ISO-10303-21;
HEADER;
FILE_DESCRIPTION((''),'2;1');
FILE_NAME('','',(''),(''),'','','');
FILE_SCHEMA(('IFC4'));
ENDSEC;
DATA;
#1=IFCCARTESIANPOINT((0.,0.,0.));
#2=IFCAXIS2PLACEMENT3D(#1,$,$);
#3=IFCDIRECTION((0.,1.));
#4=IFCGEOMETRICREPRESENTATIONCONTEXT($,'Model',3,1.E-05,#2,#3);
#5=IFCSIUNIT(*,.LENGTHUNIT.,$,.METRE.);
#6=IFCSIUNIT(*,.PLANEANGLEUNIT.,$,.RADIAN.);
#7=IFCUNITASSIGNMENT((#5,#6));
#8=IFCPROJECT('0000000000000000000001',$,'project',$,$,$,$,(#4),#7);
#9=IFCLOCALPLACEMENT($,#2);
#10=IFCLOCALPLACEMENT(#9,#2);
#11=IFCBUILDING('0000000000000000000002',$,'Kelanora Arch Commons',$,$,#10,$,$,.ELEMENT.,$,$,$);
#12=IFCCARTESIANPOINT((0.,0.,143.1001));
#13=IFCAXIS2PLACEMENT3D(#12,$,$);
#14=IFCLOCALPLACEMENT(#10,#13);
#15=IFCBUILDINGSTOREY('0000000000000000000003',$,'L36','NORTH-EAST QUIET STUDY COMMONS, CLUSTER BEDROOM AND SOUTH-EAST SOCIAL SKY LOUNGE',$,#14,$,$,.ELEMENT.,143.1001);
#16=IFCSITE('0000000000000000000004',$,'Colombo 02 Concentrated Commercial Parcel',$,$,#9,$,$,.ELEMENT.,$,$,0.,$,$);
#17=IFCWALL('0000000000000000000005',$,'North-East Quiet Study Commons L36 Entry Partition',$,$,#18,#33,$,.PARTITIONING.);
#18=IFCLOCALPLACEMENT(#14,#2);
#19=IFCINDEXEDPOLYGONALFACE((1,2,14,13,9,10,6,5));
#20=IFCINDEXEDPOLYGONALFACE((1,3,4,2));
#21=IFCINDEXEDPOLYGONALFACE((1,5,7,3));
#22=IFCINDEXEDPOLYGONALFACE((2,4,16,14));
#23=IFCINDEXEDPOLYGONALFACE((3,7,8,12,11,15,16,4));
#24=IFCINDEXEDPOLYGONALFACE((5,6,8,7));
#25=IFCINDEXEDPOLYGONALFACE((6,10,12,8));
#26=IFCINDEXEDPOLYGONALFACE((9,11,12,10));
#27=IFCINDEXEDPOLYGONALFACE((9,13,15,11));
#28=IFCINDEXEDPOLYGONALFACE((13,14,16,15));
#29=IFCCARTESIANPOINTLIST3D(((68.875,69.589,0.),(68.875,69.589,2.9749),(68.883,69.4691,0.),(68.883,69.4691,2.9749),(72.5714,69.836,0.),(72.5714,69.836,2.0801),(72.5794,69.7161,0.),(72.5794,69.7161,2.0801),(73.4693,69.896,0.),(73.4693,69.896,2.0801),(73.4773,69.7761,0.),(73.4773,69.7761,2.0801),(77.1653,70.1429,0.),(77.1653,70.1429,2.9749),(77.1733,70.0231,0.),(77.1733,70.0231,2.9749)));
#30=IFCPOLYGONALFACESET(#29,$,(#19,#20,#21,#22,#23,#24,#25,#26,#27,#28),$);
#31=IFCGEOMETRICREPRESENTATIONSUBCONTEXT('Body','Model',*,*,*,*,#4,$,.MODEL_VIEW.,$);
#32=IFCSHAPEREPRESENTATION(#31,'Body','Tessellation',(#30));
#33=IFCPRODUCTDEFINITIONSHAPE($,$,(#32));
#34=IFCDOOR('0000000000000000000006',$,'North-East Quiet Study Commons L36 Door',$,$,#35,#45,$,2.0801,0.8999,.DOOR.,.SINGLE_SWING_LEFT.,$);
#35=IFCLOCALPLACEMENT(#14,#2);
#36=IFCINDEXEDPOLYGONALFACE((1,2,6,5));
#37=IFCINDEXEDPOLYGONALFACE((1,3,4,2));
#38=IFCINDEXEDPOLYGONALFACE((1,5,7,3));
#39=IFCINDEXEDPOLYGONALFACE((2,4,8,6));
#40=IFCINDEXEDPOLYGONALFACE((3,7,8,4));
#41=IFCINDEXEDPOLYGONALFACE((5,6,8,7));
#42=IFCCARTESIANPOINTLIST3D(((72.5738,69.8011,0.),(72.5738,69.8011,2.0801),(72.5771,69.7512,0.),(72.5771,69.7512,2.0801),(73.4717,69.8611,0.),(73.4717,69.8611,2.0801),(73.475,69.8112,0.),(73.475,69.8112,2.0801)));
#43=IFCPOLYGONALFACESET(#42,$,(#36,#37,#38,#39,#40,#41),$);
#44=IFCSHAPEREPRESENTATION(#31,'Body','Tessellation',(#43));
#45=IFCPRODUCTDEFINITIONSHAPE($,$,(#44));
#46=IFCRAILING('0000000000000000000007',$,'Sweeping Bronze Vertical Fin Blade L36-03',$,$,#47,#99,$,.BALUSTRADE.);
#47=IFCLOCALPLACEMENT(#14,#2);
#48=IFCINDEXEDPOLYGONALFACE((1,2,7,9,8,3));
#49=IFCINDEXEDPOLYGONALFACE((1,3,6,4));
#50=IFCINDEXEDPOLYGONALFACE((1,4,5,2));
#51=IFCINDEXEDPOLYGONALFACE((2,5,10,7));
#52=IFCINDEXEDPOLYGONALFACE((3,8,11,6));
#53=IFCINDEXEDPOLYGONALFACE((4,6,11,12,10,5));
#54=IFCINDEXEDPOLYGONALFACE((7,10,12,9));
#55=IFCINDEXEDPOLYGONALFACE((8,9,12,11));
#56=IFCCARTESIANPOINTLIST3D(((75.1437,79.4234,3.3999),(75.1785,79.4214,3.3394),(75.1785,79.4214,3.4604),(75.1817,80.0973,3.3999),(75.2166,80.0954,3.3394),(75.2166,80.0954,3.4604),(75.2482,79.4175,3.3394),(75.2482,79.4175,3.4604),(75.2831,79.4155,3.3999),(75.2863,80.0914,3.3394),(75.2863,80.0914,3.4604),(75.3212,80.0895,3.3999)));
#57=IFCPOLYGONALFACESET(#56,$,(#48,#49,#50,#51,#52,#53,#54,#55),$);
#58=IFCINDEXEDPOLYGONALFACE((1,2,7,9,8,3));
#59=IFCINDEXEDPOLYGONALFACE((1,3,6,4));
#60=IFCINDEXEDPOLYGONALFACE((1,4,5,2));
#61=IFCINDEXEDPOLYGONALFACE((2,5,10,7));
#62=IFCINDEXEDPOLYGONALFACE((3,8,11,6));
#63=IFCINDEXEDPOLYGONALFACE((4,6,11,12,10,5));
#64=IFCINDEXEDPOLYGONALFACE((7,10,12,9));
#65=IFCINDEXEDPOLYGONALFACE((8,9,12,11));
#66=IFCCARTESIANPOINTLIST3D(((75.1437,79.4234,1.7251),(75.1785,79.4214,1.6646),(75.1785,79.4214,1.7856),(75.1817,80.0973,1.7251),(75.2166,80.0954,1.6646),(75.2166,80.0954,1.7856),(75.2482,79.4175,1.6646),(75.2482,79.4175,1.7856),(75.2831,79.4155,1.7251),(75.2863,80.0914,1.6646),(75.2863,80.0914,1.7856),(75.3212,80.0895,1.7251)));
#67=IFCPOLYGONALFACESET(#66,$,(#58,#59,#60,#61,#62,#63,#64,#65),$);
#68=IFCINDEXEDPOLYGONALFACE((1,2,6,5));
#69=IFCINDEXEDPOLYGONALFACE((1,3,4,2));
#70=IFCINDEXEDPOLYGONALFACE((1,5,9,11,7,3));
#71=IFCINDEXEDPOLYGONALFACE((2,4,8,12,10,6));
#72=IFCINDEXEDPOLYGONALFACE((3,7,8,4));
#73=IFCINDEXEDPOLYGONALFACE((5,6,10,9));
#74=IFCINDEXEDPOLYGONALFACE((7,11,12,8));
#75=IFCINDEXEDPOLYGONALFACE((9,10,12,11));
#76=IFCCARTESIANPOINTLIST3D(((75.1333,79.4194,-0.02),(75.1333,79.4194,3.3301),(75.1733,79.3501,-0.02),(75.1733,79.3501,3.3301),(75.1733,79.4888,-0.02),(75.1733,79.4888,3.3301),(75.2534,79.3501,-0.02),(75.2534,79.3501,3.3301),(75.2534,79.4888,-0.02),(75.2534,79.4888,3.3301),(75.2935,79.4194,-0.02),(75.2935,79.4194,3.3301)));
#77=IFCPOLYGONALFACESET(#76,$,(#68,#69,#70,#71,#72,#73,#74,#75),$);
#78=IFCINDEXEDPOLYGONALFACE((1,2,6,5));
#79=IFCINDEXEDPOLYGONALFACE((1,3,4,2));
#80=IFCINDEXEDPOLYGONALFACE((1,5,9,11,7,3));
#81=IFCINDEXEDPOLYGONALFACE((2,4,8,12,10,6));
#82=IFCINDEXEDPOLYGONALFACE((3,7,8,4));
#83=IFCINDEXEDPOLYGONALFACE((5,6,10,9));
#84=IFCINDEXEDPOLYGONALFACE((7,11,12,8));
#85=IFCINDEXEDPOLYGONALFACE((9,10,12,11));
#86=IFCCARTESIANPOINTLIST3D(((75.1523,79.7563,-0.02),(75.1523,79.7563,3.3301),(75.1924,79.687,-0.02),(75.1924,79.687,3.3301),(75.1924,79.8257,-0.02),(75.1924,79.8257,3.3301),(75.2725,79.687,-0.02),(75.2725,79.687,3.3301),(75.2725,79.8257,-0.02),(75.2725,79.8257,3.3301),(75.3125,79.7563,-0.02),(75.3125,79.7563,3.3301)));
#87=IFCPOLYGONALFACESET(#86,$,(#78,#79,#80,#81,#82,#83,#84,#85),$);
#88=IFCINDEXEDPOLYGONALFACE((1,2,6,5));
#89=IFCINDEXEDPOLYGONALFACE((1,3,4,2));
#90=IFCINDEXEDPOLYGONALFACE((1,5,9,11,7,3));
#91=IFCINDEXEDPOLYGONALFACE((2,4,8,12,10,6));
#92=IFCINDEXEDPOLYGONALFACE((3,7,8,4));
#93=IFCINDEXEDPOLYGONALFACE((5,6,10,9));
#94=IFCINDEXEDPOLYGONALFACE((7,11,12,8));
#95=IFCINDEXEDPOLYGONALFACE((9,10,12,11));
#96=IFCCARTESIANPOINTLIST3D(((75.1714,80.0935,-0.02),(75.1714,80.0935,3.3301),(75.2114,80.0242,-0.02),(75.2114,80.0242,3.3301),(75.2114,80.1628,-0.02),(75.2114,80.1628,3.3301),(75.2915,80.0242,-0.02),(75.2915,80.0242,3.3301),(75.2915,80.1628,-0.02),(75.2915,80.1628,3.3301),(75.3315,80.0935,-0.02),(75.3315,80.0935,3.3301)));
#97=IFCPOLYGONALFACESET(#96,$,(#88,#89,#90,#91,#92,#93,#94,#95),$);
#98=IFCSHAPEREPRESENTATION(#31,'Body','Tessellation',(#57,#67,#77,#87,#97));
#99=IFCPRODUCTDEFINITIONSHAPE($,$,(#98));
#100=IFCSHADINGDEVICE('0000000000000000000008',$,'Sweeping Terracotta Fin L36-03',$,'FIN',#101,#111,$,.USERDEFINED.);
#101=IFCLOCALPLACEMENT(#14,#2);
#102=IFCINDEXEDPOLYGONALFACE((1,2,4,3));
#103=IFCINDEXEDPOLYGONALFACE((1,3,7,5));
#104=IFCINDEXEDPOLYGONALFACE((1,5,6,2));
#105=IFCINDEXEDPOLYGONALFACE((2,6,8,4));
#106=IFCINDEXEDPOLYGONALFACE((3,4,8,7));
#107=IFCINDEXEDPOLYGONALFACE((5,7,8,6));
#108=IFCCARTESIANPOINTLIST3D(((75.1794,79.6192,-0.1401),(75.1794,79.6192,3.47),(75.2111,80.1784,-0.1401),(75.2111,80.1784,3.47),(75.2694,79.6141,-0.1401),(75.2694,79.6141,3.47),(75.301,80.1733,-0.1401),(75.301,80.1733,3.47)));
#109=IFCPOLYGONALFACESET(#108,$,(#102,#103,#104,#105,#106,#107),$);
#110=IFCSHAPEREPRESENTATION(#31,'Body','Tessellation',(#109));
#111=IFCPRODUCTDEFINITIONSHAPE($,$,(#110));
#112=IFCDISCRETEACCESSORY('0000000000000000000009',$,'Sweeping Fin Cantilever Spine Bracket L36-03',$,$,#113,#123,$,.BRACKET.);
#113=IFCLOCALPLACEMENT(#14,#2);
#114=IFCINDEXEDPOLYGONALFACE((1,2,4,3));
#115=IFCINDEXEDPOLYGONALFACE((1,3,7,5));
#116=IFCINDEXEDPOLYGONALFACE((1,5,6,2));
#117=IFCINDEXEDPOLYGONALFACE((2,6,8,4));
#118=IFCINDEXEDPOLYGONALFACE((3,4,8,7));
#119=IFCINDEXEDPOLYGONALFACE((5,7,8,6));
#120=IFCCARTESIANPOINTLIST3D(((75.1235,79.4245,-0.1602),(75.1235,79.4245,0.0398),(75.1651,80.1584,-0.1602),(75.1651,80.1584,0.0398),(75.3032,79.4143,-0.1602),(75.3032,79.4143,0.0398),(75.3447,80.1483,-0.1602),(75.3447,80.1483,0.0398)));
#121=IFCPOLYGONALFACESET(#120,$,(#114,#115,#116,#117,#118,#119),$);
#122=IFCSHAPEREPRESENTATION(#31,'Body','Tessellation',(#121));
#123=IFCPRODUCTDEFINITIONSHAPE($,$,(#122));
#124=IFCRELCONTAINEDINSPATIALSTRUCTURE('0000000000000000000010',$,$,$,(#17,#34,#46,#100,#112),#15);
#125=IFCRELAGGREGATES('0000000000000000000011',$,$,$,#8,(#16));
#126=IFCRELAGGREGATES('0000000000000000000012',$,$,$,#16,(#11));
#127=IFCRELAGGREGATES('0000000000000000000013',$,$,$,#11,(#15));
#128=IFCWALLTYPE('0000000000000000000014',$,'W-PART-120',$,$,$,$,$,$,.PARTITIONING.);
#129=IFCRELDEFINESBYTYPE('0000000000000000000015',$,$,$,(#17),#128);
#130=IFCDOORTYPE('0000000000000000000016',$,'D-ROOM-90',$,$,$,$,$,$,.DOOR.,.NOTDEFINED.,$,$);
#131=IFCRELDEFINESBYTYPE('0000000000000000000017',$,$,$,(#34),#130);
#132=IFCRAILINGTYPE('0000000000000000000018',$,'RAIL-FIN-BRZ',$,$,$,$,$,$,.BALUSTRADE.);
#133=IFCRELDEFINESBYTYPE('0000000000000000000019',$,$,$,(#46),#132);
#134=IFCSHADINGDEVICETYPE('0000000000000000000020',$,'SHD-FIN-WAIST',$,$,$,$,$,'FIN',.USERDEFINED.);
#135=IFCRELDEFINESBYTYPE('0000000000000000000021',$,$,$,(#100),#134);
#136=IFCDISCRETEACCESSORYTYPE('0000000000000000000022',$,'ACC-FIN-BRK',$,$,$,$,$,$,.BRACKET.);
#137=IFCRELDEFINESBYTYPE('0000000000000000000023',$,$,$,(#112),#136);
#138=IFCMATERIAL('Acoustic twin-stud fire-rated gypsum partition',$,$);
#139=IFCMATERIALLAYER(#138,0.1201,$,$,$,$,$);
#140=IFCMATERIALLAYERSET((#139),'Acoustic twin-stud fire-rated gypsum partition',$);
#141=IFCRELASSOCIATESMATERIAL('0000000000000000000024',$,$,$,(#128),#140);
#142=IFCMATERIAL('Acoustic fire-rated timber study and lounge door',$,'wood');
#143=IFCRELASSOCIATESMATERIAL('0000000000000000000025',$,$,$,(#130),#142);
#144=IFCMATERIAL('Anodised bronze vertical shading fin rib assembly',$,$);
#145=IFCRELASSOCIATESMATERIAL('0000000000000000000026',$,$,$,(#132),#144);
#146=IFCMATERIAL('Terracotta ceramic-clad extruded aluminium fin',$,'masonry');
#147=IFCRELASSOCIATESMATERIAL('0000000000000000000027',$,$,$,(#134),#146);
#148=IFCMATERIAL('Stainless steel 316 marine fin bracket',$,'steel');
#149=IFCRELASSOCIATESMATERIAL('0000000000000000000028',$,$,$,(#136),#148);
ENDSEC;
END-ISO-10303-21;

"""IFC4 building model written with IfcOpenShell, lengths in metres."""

from ifc_helpers import new_model, si_unit, direction, frame, frame_2d, origin, origin_2d, place, context, subcontext, project, spatial, polyline, rectangle, outline, extrude, source, transform, mapped, material, layer, layer_set, type_object, element, fill, save


model = new_model("IFC4")

# Units and contexts
model_context = context("Model", 3, precision=1e-05, world=origin(), true_north=direction((0.0, 1.0)))
body_context = subcontext(model_context, "Body", "Model", "MODEL_VIEW")
ifc_project = project(units=[si_unit("LENGTHUNIT", "METRE"), si_unit("PLANEANGLEUNIT", "RADIAN")], contexts=[model_context])

# Site, building, storey
site_placement = place(None, origin())
site = spatial("IfcSite", under=ifc_project, at=site_placement, Name="Colombo 02 Concentrated Commercial Parcel", CompositionType="ELEMENT", RefElevation=0.0)
building_placement = place(site_placement, origin())
building = spatial("IfcBuilding", under=site, at=building_placement, Name="Kelanora Arch Commons", CompositionType="ELEMENT")
storey_placement = place(building_placement, frame((0.0, 0.0, 143.1001)))
storey = spatial("IfcBuildingStorey", under=building, at=storey_placement, Name="L36", Description="NORTH-EAST QUIET STUDY COMMONS, CLUSTER BEDROOM AND SOUTH-EAST SOCIAL SKY LOUNGE", CompositionType="ELEMENT", Elevation=143.1001)

# Wall, opening, door
ifc_material_1 = material(Name="Acoustic twin-stud fire-rated gypsum partition")
ifc_layer_1 = layer(ifc_material_1, 0.1201)
ifc_layer_set_1 = layer_set([ifc_layer_1], Name="Acoustic twin-stud fire-rated gypsum partition")
wall_type_1 = type_object("IfcWallType", Name="W-PART-120", PredefinedType="PARTITIONING", material=ifc_layer_set_1)
wall_1_placement = place(storey_placement, frame((77.1692, 70.083, 0.0), z_axis=(0.0, 0.0, 1.0), x_axis=(-0.997775, -0.066671, 0.0)))
wall_1 = element("IfcWall", 1, at=wall_1_placement, inside=storey, type_object=wall_type_1, Name="North-East Quiet Study Commons L36 Entry Partition", PredefinedType="PARTITIONING", context=body_context, shape_type="SweptSolid", body=[
    extrude(rectangle(XDim=8.3088, YDim=0.1201, at=frame_2d((4.1543, 0.0))), origin(), (0.0, 0.0, 1.0), 2.9749),
])
opening_1_placement = place(wall_1_placement, frame((3.7041, 0.0, 0.0)))
opening_1 = element("IfcOpeningElement", 2, at=opening_1_placement, cuts=wall_1, PredefinedType="OPENING", context=body_context, shape_type="SweptSolid", body=[
    extrude(rectangle(XDim=0.8999, YDim=2.0801, at=frame_2d((0.45, 1.04))), frame((0.0, 0.0701, 0.0), z_axis=(0.0, -1.0, 0.0), x_axis=(1.0, 0.0, 0.0)), (0.0, 0.0, 1.0), 0.1401),
])
ifc_material_2 = material(Name="Acoustic fire-rated timber study and lounge door", Category="wood")
door_type = type_object("IfcDoorType", Name="D-ROOM-90", OperationType="NOTDEFINED", PredefinedType="DOOR", material=ifc_material_2)
door_placement = place(opening_1_placement, origin())
door = element("IfcDoor", 3, at=door_placement, inside=storey, type_object=door_type, Name="North-East Quiet Study Commons L36 Door", OperationType="SINGLE_SWING_LEFT", OverallHeight=2.0801, OverallWidth=0.8999, PredefinedType="DOOR", context=body_context, shape_type="SweptSolid", body=[
    extrude(rectangle(XDim=0.8999, YDim=2.0801, at=frame_2d((0.45, 1.04))), frame((0.0, 0.0249, 0.0), z_axis=(0.0, -1.0, 0.0), x_axis=(1.0, 0.0, 0.0)), (0.0, 0.0, 1.0), 0.05),
])
fill(opening_1, door)

# Railing
ifc_material_3 = material(Name="Anodised bronze vertical shading fin rib assembly")
railing_type = type_object("IfcRailingType", Name="RAIL-FIN-BRZ", PredefinedType="BALUSTRADE", material=ifc_material_3)
railing_placement = place(storey_placement, frame((75.2134, 79.4194, -0.02)))
element("IfcRailing", 4, at=railing_placement, inside=storey, type_object=railing_type, Name="Sweeping Bronze Vertical Fin Blade L36-03", PredefinedType="BALUSTRADE", context=body_context, shape_type="SweptSolid", body=[
    extrude(outline(polyline([(0.0698, 0.0), (0.0349, 0.0605), (-0.0349, 0.0605), (-0.0698, 0.0), (-0.0349, -0.0605), (0.0349, -0.0605), (0.0698, 0.0)])), frame((0.0, 0.0, 3.4199), z_axis=(0.056411, 0.998408, 0.0), x_axis=(-0.998408, 0.056411, 0.0)), (0.0, 0.0, 1.0), 0.675),
    extrude(outline(polyline([(0.0698, 0.0), (0.0349, 0.0605), (-0.0349, 0.0605), (-0.0698, 0.0), (-0.0349, -0.0605), (0.0349, -0.0605), (0.0698, 0.0)])), frame((0.0, 0.0, 1.7451), z_axis=(0.056411, 0.998408, 0.0), x_axis=(-0.998408, 0.056411, 0.0)), (0.0, 0.0, 1.0), 0.675),
    extrude(outline(polyline([(0.0801, 0.0), (0.04, 0.0693), (-0.04, 0.0693), (-0.0801, 0.0), (-0.04, -0.0693), (0.04, -0.0693), (0.0801, 0.0)])), origin(), (0.0, 0.0, 1.0), 3.3501),
    extrude(outline(polyline([(0.0801, 0.0), (0.04, 0.0693), (-0.04, 0.0693), (-0.0801, 0.0), (-0.04, -0.0693), (0.04, -0.0693), (0.0801, 0.0)])), frame((0.019, 0.3369, 0.0)), (0.0, 0.0, 1.0), 3.3501),
    extrude(outline(polyline([(0.0801, 0.0), (0.04, 0.0693), (-0.04, 0.0693), (-0.0801, 0.0), (-0.04, -0.0693), (0.04, -0.0693), (0.0801, 0.0)])), frame((0.0381, 0.6741, 0.0)), (0.0, 0.0, 1.0), 3.3501),
])

# Shading device
ifc_material_4 = material(Name="Terracotta ceramic-clad extruded aluminium fin", Category="masonry")
shading_device_type = type_object("IfcShadingDeviceType", Name="SHD-FIN-WAIST", ElementType="FIN", PredefinedType="USERDEFINED", material=ifc_material_4)
shared_shape_1 = source(origin(), body_context, "Body", "SweptSolid", [
    extrude(rectangle(XDim=0.5601, YDim=0.0901, at=origin_2d()), origin(), (0.0, 0.0, 1.0), 3.6101),
])
shading_device_placement = place(storey_placement, frame((75.2402, 79.8962, -0.1401), z_axis=(0.0, 0.0, 1.0), x_axis=(0.056519, 0.998402, 0.0)))
element("IfcShadingDevice", 5, at=shading_device_placement, inside=storey, type_object=shading_device_type, Name="Sweeping Terracotta Fin L36-03", ObjectType="FIN", PredefinedType="USERDEFINED", context=body_context, shape_type="MappedRepresentation", body=[
    mapped(shared_shape_1, transform((0.0, 0.0, 0.0), scale=1.0)),
])

# Discrete accessory
ifc_material_5 = material(Name="Stainless steel 316 marine fin bracket", Category="steel")
discrete_accessory_type = type_object("IfcDiscreteAccessoryType", Name="ACC-FIN-BRK", PredefinedType="BRACKET", material=ifc_material_5)
shared_shape_2 = source(origin(), body_context, "Body", "SweptSolid", [
    extrude(rectangle(XDim=0.7351, YDim=0.1799, at=origin_2d()), origin(), (0.0, 0.0, 1.0), 0.2),
])
discrete_accessory_placement = place(storey_placement, frame((75.2341, 79.7864, -0.1602), z_axis=(0.0, 0.0, 1.0), x_axis=(0.056519, 0.998402, 0.0)))
element("IfcDiscreteAccessory", 6, at=discrete_accessory_placement, inside=storey, type_object=discrete_accessory_type, Name="Sweeping Fin Cantilever Spine Bracket L36-03", PredefinedType="BRACKET", context=body_context, shape_type="MappedRepresentation", body=[
    mapped(shared_shape_2, transform((0.0, 0.0, 0.0), scale=1.0)),
])

save(model, "model.ifc")
